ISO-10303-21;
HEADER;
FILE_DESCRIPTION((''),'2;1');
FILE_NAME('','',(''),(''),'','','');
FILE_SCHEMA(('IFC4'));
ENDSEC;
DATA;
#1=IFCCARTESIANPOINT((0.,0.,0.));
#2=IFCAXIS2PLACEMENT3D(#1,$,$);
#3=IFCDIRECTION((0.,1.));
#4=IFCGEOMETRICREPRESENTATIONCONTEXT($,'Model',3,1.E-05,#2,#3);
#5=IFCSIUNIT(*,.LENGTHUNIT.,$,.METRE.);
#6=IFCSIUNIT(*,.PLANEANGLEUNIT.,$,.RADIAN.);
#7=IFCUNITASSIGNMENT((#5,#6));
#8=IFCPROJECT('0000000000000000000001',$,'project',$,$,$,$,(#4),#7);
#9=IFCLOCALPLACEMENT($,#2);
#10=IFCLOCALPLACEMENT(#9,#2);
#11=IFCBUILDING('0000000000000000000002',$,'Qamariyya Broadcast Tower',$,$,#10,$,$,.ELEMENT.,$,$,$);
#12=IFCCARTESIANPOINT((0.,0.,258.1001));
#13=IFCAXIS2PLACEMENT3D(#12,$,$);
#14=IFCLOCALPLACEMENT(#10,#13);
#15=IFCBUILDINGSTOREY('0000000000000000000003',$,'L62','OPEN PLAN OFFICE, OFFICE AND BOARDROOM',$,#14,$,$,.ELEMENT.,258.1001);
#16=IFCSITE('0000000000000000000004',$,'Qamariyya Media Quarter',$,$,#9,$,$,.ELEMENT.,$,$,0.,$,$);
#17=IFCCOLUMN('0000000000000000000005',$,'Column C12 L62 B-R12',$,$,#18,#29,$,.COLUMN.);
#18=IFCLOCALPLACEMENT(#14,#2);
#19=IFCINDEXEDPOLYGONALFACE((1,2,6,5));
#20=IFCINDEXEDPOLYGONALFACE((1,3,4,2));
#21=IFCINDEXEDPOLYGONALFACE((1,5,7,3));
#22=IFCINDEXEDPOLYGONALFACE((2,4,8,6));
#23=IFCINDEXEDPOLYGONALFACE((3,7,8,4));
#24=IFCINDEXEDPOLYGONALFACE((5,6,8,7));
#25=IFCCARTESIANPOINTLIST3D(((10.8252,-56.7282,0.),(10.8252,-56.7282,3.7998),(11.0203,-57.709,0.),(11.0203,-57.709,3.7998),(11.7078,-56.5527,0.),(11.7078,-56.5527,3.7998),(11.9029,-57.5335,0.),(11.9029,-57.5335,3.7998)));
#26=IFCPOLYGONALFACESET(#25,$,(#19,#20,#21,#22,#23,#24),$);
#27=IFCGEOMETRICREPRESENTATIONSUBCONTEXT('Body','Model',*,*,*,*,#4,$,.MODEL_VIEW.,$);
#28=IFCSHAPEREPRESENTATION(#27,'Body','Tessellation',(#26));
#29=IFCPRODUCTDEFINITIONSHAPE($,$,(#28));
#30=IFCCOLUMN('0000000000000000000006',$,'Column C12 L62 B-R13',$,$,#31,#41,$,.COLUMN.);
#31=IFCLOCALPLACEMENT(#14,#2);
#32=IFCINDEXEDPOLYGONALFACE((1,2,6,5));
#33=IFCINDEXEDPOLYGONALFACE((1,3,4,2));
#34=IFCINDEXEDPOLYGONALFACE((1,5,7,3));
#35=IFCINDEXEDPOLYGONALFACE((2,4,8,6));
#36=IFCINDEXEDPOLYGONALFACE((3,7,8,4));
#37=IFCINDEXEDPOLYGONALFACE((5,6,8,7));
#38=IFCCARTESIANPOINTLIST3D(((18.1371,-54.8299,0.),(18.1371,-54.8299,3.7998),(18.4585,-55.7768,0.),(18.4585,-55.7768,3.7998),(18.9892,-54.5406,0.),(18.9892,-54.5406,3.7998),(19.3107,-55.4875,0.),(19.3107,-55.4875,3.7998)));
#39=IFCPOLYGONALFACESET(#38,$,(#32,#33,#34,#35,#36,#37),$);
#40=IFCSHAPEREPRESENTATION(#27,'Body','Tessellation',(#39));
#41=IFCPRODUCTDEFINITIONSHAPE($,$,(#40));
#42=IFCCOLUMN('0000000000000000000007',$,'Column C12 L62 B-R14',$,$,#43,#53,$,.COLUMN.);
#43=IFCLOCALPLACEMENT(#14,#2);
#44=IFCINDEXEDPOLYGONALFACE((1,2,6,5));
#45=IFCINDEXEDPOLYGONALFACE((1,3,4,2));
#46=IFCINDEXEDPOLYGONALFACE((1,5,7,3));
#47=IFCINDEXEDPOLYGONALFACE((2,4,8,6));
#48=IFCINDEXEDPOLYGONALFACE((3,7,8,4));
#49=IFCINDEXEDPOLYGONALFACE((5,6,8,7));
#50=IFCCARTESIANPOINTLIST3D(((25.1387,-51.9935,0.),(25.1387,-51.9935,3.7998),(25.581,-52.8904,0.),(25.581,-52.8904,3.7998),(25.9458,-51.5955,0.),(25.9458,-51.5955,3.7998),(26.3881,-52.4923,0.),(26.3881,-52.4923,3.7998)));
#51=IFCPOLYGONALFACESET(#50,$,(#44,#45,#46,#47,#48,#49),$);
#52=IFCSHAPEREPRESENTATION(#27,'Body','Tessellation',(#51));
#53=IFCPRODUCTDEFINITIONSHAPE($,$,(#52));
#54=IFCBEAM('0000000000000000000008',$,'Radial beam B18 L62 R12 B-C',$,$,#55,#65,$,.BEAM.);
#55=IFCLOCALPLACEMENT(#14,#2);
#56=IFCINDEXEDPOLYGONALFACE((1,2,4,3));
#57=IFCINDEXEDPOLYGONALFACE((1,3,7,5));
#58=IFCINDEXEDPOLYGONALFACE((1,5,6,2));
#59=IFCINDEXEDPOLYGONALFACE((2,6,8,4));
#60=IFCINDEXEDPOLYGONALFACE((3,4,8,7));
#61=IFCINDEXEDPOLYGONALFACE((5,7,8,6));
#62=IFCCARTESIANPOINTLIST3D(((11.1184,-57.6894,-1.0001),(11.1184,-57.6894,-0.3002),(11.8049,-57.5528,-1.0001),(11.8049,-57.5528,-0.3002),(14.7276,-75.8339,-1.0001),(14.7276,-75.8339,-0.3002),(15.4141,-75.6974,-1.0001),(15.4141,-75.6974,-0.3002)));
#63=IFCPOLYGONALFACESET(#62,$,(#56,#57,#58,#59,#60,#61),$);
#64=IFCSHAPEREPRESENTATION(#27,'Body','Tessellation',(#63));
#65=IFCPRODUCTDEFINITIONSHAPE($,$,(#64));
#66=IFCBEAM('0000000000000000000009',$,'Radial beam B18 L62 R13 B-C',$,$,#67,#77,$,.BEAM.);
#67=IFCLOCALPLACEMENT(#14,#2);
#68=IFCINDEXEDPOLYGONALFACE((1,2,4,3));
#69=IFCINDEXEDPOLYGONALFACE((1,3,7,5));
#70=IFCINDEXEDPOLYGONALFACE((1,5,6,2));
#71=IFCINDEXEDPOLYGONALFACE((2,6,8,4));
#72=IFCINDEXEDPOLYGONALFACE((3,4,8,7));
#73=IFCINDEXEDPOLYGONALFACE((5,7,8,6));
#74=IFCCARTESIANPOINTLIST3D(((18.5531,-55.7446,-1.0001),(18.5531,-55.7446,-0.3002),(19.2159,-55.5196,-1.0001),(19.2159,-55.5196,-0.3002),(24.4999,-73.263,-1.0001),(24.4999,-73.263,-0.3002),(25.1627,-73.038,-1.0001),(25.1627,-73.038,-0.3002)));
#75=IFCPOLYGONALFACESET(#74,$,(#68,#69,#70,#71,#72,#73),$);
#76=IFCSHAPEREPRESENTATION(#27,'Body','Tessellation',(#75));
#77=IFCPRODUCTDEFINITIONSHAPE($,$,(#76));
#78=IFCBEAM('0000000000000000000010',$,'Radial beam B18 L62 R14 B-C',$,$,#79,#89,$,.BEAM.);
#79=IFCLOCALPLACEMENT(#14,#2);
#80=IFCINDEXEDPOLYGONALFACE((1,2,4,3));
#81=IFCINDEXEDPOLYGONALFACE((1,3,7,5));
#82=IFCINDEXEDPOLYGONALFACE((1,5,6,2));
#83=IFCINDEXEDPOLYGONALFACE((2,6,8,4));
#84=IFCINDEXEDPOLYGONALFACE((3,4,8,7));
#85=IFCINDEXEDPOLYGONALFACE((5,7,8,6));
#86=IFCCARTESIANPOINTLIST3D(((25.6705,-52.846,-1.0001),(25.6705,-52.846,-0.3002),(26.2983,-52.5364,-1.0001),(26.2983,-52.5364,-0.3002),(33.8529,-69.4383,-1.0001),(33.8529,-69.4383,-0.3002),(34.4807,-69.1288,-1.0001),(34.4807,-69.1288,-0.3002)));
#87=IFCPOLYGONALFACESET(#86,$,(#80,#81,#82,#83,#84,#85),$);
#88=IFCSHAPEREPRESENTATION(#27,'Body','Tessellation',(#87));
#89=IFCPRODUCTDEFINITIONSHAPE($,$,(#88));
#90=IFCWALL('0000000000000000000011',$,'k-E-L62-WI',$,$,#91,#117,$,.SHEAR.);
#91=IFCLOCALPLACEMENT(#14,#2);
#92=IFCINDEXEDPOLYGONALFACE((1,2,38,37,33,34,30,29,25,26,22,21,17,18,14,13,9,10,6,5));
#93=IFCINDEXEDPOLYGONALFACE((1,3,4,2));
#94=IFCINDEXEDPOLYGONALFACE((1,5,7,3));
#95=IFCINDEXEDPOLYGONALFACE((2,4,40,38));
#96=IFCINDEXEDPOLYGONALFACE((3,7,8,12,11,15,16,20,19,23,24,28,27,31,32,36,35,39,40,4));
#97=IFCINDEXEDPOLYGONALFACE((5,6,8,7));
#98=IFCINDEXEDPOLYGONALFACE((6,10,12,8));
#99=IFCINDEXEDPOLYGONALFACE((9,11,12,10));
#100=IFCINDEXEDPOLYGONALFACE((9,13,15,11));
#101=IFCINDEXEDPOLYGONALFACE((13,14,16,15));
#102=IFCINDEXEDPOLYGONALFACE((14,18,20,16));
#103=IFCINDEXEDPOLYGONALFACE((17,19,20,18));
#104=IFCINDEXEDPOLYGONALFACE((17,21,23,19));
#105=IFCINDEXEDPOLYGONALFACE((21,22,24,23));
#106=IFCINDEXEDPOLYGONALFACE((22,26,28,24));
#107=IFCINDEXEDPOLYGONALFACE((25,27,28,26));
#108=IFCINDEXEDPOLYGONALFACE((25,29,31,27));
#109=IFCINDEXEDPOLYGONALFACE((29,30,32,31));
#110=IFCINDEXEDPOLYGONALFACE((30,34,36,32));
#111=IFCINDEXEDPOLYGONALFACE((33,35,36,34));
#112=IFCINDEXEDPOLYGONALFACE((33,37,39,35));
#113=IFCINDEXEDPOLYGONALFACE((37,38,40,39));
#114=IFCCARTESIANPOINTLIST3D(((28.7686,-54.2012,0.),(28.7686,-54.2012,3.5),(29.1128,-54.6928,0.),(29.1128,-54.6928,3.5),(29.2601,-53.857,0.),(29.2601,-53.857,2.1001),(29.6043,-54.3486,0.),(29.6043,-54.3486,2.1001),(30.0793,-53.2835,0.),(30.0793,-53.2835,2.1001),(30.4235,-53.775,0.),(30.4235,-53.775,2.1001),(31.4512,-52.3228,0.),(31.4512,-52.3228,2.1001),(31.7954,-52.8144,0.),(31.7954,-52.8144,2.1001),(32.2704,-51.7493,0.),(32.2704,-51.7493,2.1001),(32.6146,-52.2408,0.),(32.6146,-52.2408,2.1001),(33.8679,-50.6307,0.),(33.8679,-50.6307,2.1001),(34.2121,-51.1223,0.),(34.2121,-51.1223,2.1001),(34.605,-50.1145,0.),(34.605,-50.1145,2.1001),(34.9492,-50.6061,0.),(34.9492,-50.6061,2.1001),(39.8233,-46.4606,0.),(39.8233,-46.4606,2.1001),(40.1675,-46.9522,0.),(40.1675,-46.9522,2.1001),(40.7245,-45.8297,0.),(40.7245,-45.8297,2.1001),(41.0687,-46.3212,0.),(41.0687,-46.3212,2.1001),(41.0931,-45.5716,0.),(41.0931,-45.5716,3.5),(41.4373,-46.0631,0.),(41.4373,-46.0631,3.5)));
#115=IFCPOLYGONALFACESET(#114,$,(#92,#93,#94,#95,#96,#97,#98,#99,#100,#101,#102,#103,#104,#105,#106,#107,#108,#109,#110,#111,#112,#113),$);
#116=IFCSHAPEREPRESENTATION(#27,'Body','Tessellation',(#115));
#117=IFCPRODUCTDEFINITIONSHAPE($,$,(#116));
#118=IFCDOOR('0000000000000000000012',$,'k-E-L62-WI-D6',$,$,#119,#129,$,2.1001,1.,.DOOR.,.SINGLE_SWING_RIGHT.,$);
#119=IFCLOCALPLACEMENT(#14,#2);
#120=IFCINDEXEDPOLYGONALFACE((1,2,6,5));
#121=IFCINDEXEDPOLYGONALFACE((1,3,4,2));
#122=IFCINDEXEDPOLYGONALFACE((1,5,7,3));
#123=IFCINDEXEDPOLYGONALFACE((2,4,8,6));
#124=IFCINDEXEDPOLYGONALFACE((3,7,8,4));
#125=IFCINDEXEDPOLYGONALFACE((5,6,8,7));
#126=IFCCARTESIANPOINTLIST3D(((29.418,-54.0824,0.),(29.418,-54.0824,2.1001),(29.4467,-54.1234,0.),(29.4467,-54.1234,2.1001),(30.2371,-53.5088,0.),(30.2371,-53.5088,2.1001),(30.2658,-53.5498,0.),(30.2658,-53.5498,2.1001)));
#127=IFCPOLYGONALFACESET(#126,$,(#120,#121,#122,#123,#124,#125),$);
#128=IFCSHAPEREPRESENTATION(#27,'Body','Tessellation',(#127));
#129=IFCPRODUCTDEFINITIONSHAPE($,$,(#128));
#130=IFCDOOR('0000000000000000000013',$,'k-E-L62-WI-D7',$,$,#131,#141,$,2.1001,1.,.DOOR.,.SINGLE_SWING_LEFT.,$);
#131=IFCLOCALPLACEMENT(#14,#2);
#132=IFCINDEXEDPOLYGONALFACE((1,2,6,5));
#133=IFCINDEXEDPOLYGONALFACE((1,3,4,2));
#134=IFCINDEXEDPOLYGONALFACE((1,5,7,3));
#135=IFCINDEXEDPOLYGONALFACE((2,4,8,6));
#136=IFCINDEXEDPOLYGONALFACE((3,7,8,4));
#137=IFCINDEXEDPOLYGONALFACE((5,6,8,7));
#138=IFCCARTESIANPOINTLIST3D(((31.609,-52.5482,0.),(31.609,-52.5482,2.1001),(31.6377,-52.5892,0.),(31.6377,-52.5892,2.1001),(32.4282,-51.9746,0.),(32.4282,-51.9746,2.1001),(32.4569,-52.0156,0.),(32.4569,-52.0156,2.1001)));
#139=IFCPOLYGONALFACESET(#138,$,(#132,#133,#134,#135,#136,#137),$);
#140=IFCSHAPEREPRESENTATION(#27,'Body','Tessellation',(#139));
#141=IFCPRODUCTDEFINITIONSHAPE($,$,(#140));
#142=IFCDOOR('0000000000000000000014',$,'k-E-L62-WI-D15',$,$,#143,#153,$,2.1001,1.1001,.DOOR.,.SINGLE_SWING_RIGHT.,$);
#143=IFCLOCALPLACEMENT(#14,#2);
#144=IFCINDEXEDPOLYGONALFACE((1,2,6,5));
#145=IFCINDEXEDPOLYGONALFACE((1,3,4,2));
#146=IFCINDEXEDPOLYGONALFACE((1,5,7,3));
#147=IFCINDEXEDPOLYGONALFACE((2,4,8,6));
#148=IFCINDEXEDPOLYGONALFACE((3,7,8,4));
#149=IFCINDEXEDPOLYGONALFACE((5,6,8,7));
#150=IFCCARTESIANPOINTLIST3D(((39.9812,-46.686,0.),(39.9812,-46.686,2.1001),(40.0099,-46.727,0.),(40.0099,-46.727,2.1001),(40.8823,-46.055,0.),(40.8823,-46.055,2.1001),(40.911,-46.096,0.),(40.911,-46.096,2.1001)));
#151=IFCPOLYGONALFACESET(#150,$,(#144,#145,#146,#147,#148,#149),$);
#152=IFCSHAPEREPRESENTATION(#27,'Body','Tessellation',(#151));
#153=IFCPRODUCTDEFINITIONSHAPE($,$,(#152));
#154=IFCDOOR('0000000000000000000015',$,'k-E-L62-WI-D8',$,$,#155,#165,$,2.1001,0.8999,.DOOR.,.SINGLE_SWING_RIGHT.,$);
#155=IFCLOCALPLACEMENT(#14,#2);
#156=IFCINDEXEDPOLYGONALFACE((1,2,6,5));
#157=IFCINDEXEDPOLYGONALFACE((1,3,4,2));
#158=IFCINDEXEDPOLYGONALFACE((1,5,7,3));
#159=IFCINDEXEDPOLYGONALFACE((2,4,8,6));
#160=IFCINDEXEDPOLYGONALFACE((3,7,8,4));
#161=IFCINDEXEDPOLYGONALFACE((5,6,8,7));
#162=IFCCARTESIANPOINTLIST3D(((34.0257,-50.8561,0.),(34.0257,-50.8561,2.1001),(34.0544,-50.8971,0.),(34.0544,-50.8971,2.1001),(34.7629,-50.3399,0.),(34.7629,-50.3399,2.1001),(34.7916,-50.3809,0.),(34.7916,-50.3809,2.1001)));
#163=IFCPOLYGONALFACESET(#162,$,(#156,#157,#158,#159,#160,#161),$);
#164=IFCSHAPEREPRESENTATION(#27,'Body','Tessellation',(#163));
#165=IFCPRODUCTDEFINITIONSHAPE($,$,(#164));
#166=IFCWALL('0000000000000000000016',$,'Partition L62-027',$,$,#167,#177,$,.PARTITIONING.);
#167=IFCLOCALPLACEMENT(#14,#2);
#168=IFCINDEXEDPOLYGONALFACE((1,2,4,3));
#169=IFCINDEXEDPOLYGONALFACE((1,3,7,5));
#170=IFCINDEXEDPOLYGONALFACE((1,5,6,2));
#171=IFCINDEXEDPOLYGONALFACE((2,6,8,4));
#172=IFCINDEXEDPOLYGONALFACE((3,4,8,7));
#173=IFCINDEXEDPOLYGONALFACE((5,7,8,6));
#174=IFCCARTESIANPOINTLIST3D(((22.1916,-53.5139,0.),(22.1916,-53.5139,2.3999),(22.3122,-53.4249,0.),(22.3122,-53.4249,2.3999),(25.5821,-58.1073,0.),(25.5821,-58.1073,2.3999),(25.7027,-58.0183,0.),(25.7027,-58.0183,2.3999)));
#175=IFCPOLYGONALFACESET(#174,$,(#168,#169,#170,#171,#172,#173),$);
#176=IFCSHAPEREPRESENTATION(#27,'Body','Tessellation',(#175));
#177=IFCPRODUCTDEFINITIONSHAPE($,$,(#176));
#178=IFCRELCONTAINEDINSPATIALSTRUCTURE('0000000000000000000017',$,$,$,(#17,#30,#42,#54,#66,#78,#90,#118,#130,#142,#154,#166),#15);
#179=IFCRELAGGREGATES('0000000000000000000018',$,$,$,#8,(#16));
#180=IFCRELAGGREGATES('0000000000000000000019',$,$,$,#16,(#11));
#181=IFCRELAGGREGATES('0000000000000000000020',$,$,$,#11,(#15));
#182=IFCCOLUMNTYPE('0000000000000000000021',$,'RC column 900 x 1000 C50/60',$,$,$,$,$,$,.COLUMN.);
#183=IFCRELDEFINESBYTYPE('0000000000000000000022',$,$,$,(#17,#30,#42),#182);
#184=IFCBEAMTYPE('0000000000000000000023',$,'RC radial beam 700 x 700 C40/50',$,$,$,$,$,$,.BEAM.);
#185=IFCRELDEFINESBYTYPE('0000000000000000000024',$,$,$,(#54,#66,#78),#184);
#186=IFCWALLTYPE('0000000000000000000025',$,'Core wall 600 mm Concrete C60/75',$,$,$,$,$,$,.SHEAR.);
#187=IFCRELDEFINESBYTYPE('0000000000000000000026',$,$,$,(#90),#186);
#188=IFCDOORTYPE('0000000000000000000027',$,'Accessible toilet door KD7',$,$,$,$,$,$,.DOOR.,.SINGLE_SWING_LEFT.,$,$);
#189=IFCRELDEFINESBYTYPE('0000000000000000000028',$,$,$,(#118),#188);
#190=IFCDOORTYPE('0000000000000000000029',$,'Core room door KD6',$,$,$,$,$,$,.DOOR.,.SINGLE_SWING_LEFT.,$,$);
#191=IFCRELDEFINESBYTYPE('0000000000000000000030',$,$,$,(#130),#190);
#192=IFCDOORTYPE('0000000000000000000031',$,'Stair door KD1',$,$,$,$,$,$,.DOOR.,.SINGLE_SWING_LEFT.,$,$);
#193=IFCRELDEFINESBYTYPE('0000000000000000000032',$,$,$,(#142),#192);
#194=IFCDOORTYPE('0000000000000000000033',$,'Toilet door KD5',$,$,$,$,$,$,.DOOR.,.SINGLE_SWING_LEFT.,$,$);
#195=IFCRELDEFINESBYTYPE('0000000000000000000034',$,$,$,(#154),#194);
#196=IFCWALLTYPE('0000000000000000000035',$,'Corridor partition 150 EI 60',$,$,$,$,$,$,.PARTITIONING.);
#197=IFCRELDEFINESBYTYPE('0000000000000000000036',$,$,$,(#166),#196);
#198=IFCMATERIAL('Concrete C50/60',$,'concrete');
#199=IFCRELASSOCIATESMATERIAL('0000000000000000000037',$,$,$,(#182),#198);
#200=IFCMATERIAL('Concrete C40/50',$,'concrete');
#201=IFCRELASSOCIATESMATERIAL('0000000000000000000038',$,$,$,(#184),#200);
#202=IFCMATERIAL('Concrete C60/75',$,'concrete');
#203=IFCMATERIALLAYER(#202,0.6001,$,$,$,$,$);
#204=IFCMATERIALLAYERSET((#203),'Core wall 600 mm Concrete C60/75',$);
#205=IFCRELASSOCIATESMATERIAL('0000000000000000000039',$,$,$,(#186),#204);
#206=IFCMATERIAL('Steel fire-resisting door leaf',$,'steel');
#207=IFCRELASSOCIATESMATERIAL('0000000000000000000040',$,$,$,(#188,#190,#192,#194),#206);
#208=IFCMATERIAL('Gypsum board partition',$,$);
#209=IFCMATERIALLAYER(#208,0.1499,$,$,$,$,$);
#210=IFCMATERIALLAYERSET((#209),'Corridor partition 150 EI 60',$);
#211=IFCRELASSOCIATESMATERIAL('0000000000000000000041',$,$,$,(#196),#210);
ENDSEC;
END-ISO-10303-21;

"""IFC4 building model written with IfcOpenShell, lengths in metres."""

from ifc_helpers import new_model, si_unit, direction, frame, frame_2d, origin, origin_2d, place, context, subcontext, project, spatial, rectangle, extrude, material, layer, layer_set, material_profile, profile_set, type_object, element, fill, save


model = new_model("IFC4")

# Units and contexts
model_context = context("Model", 3, precision=1e-05, world=origin(), true_north=direction((0.0, 1.0)))
body_context = subcontext(model_context, "Body", "Model", "MODEL_VIEW")
ifc_project = project(units=[si_unit("LENGTHUNIT", "METRE"), si_unit("PLANEANGLEUNIT", "RADIAN")], contexts=[model_context])

# Site, building, storey
site_placement = place(None, origin())
site = spatial("IfcSite", under=ifc_project, at=site_placement, Name="Qamariyya Media Quarter", CompositionType="ELEMENT", RefElevation=0.0)
building_placement = place(site_placement, origin())
building = spatial("IfcBuilding", under=site, at=building_placement, Name="Qamariyya Broadcast Tower", CompositionType="ELEMENT")
storey_placement = place(building_placement, frame((0.0, 0.0, 258.1001)))
storey = spatial("IfcBuildingStorey", under=building, at=storey_placement, Name="L62", Description="OPEN PLAN OFFICE, OFFICE AND BOARDROOM", CompositionType="ELEMENT", Elevation=258.1001)

# Columns
ifc_material_1 = material(Name="Concrete C50/60", Category="concrete")
ifc_material_profile_1 = material_profile(ifc_material_1, rectangle(XDim=0.8999, YDim=1.0, at=origin_2d()))
ifc_profile_set_1 = profile_set([ifc_material_profile_1], Name="Concrete C50/60")
column_type = type_object("IfcColumnType", Name="RC column 900 x 1000 C50/60", PredefinedType="COLUMN", material=ifc_profile_set_1)
for number, where, z_axis, x_axis, name in (
    (1, (11.364, -57.1309, 0.0), (0.0, 0.0, 1.0), (0.980785, 0.19509, 0.0), "Column C12 L62 B-R12"),
    (2, (18.7239, -55.1587, 0.0), (0.0, 0.0, 1.0), (0.94693, 0.321439, 0.0), "Column C12 L62 B-R13"),
    (3, (25.7634, -52.2429, 0.0), (0.0, 0.0, 1.0), (0.896873, 0.442289, 0.0), "Column C12 L62 B-R14"),
):
    element("IfcColumn", number, at=place(storey_placement, frame(where, z_axis=z_axis, x_axis=x_axis)), inside=storey, type_object=column_type, Name=name, PredefinedType="COLUMN", context=body_context, shape_type="SweptSolid", body=[
        extrude(rectangle(XDim=0.8999, YDim=1.0, at=origin_2d()), origin(), (0.0, 0.0, 1.0), 3.7998),
    ])

# Beams
ifc_material_2 = material(Name="Concrete C40/50", Category="concrete")
ifc_material_profile_2 = material_profile(ifc_material_2, rectangle(XDim=0.7, YDim=0.7, at=origin_2d()))
ifc_profile_set_2 = profile_set([ifc_material_profile_2], Name="Concrete C40/50")
beam_type = type_object("IfcBeamType", Name="RC radial beam 700 x 700 C40/50", PredefinedType="BEAM", material=ifc_profile_set_2)
beam_placement = place(storey_placement, frame((11.4617, -57.6211, -0.6501), z_axis=(0.195088, -0.980786, 0.0), x_axis=(0.980786, 0.195088, 0.0)))
element("IfcBeam", 4, at=beam_placement, inside=storey, type_object=beam_type, Name="Radial beam B18 L62 R12 B-C", PredefinedType="BEAM", context=body_context, shape_type="SweptSolid", body=[
    extrude(rectangle(XDim=0.7, YDim=0.7, at=origin_2d()), origin(), (0.0, 0.0, 1.0), 18.5),
])
for number, where, z_axis, x_axis, name in (
    (5, (18.8845, -55.6321, -0.6501), (0.321445, -0.946928, 0.0), (0.946928, 0.321445, 0.0), "Radial beam B18 L62 R13 B-C"),
    (6, (25.9844, -52.6912, -0.6501), (0.442287, -0.896874, 0.0), (0.896874, 0.442287, 0.0), "Radial beam B18 L62 R14 B-C"),
):
    element("IfcBeam", number, at=place(storey_placement, frame(where, z_axis=z_axis, x_axis=x_axis)), inside=storey, type_object=beam_type, Name=name, PredefinedType="BEAM", context=body_context, shape_type="SweptSolid", body=[
        extrude(rectangle(XDim=0.7, YDim=0.7, at=origin_2d()), origin(), (0.0, 0.0, 1.0), 18.5002),
    ])

# Wall, openings, doors
ifc_material_3 = material(Name="Concrete C60/75", Category="concrete")
ifc_layer_1 = layer(ifc_material_3, 0.6001)
ifc_layer_set_1 = layer_set([ifc_layer_1], Name="Core wall 600 mm Concrete C60/75")
wall_type_1 = type_object("IfcWallType", Name="Core wall 600 mm Concrete C60/75", PredefinedType="SHEAR", material=ifc_layer_set_1)
wall_1_placement = place(storey_placement, frame((28.9407, -54.447, 0.0), z_axis=(0.0, 0.0, 1.0), x_axis=(0.819153, 0.573575, 0.0)))
wall_1 = element("IfcWall", 7, at=wall_1_placement, inside=storey, type_object=wall_type_1, Name="k-E-L62-WI", PredefinedType="SHEAR", context=body_context, shape_type="SweptSolid", body=[
    extrude(rectangle(XDim=15.0454, YDim=0.6001, at=frame_2d((7.5227, 0.0))), origin(), (0.0, 0.0, 1.0), 3.5),
])
opening_1_placement = place(wall_1_placement, frame((0.6001, 0.0, 0.0)))
opening_1 = element("IfcOpeningElement", 8, at=opening_1_placement, cuts=wall_1, PredefinedType="OPENING", context=body_context, shape_type="SweptSolid", body=[
    extrude(rectangle(XDim=1.0, YDim=2.1001, at=frame_2d((0.5, 1.05))), frame((0.0, 0.3101, 0.0), z_axis=(0.0, -1.0, 0.0), x_axis=(1.0, 0.0, 0.0)), (0.0, 0.0, 1.0), 0.6201),
])
opening_2_placement = place(wall_1_placement, frame((3.2749, 0.0, 0.0)))
opening_2 = element("IfcOpeningElement", 9, at=opening_2_placement, cuts=wall_1, PredefinedType="OPENING", context=body_context, shape_type="SweptSolid", body=[
    extrude(rectangle(XDim=1.0, YDim=2.1001, at=frame_2d((0.5, 1.05))), frame((0.0, 0.3101, 0.0), z_axis=(0.0, -1.0, 0.0), x_axis=(1.0, 0.0, 0.0)), (0.0, 0.0, 1.0), 0.6201),
])
opening_3_placement = place(wall_1_placement, frame((6.2251, 0.0, 0.0)))
opening_3 = element("IfcOpeningElement", 10, at=opening_3_placement, cuts=wall_1, PredefinedType="OPENING", context=body_context, shape_type="SweptSolid", body=[
    extrude(rectangle(XDim=0.8999, YDim=2.1001, at=frame_2d((0.45, 1.05))), frame((0.0, 0.3101, 0.0), z_axis=(0.0, -1.0, 0.0), x_axis=(1.0, 0.0, 0.0)), (0.0, 0.0, 1.0), 0.6201),
])
opening_4_placement = place(wall_1_placement, frame((13.4954, 0.0, 0.0)))
opening_4 = element("IfcOpeningElement", 11, at=opening_4_placement, cuts=wall_1, PredefinedType="OPENING", context=body_context, shape_type="SweptSolid", body=[
    extrude(rectangle(XDim=1.1001, YDim=2.1001, at=frame_2d((0.55, 1.05))), frame((0.0, 0.3101, 0.0), z_axis=(0.0, -1.0, 0.0), x_axis=(1.0, 0.0, 0.0)), (0.0, 0.0, 1.0), 0.6201),
])
ifc_material_4 = material(Name="Steel fire-resisting door leaf", Category="steel")
door_type_1 = type_object("IfcDoorType", Name="Accessible toilet door KD7", OperationType="SINGLE_SWING_LEFT", PredefinedType="DOOR", material=ifc_material_4)
door_1_placement = place(opening_1_placement, origin())
door_1 = element("IfcDoor", 12, at=door_1_placement, inside=storey, type_object=door_type_1, Name="k-E-L62-WI-D6", OperationType="SINGLE_SWING_RIGHT", OverallHeight=2.1001, OverallWidth=1.0, PredefinedType="DOOR", context=body_context, shape_type="SweptSolid", body=[
    extrude(rectangle(XDim=1.0, YDim=2.1001, at=frame_2d((0.5, 1.05))), frame((0.0, 0.0249, 0.0), z_axis=(0.0, -1.0, 0.0), x_axis=(1.0, 0.0, 0.0)), (0.0, 0.0, 1.0), 0.05),
])
fill(opening_1, door_1)
door_type_2 = type_object("IfcDoorType", Name="Core room door KD6", OperationType="SINGLE_SWING_LEFT", PredefinedType="DOOR", material=ifc_material_4)
door_2_placement = place(opening_2_placement, origin())
door_2 = element("IfcDoor", 13, at=door_2_placement, inside=storey, type_object=door_type_2, Name="k-E-L62-WI-D7", OperationType="SINGLE_SWING_LEFT", OverallHeight=2.1001, OverallWidth=1.0, PredefinedType="DOOR", context=body_context, shape_type="SweptSolid", body=[
    extrude(rectangle(XDim=1.0, YDim=2.1001, at=frame_2d((0.5, 1.05))), frame((0.0, 0.0249, 0.0), z_axis=(0.0, -1.0, 0.0), x_axis=(1.0, 0.0, 0.0)), (0.0, 0.0, 1.0), 0.05),
])
fill(opening_2, door_2)
door_type_3 = type_object("IfcDoorType", Name="Stair door KD1", OperationType="SINGLE_SWING_LEFT", PredefinedType="DOOR", material=ifc_material_4)
door_3_placement = place(opening_4_placement, origin())
door_3 = element("IfcDoor", 14, at=door_3_placement, inside=storey, type_object=door_type_3, Name="k-E-L62-WI-D15", OperationType="SINGLE_SWING_RIGHT", OverallHeight=2.1001, OverallWidth=1.1001, PredefinedType="DOOR", context=body_context, shape_type="SweptSolid", body=[
    extrude(rectangle(XDim=1.1001, YDim=2.1001, at=frame_2d((0.55, 1.05))), frame((0.0, 0.0249, 0.0), z_axis=(0.0, -1.0, 0.0), x_axis=(1.0, 0.0, 0.0)), (0.0, 0.0, 1.0), 0.05),
])
fill(opening_4, door_3)
door_type_4 = type_object("IfcDoorType", Name="Toilet door KD5", OperationType="SINGLE_SWING_LEFT", PredefinedType="DOOR", material=ifc_material_4)
door_4_placement = place(opening_3_placement, origin())
door_4 = element("IfcDoor", 15, at=door_4_placement, inside=storey, type_object=door_type_4, Name="k-E-L62-WI-D8", OperationType="SINGLE_SWING_RIGHT", OverallHeight=2.1001, OverallWidth=0.8999, PredefinedType="DOOR", context=body_context, shape_type="SweptSolid", body=[
    extrude(rectangle(XDim=0.8999, YDim=2.1001, at=frame_2d((0.45, 1.05))), frame((0.0, 0.0249, 0.0), z_axis=(0.0, -1.0, 0.0), x_axis=(1.0, 0.0, 0.0)), (0.0, 0.0, 1.0), 0.05),
])
fill(opening_3, door_4)

# Wall
ifc_material_5 = material(Name="Gypsum board partition")
ifc_layer_2 = layer(ifc_material_5, 0.1499)
ifc_layer_set_2 = layer_set([ifc_layer_2], Name="Corridor partition 150 EI 60")
wall_type_2 = type_object("IfcWallType", Name="Corridor partition 150 EI 60", PredefinedType="PARTITIONING", material=ifc_layer_set_2)
wall_2_placement = place(storey_placement, frame((22.252, -53.4695, 0.0), z_axis=(0.0, 0.0, 1.0), x_axis=(0.593873, -0.804559, 0.0)))
element("IfcWall", 16, at=wall_2_placement, inside=storey, type_object=wall_type_2, Name="Partition L62-027", PredefinedType="PARTITIONING", context=body_context, shape_type="SweptSolid", body=[
    extrude(rectangle(XDim=5.7092, YDim=0.1499, at=frame_2d((2.8545, 0.0))), origin(), (0.0, 0.0, 1.0), 2.3999),
])

save(model, "model.ifc")
